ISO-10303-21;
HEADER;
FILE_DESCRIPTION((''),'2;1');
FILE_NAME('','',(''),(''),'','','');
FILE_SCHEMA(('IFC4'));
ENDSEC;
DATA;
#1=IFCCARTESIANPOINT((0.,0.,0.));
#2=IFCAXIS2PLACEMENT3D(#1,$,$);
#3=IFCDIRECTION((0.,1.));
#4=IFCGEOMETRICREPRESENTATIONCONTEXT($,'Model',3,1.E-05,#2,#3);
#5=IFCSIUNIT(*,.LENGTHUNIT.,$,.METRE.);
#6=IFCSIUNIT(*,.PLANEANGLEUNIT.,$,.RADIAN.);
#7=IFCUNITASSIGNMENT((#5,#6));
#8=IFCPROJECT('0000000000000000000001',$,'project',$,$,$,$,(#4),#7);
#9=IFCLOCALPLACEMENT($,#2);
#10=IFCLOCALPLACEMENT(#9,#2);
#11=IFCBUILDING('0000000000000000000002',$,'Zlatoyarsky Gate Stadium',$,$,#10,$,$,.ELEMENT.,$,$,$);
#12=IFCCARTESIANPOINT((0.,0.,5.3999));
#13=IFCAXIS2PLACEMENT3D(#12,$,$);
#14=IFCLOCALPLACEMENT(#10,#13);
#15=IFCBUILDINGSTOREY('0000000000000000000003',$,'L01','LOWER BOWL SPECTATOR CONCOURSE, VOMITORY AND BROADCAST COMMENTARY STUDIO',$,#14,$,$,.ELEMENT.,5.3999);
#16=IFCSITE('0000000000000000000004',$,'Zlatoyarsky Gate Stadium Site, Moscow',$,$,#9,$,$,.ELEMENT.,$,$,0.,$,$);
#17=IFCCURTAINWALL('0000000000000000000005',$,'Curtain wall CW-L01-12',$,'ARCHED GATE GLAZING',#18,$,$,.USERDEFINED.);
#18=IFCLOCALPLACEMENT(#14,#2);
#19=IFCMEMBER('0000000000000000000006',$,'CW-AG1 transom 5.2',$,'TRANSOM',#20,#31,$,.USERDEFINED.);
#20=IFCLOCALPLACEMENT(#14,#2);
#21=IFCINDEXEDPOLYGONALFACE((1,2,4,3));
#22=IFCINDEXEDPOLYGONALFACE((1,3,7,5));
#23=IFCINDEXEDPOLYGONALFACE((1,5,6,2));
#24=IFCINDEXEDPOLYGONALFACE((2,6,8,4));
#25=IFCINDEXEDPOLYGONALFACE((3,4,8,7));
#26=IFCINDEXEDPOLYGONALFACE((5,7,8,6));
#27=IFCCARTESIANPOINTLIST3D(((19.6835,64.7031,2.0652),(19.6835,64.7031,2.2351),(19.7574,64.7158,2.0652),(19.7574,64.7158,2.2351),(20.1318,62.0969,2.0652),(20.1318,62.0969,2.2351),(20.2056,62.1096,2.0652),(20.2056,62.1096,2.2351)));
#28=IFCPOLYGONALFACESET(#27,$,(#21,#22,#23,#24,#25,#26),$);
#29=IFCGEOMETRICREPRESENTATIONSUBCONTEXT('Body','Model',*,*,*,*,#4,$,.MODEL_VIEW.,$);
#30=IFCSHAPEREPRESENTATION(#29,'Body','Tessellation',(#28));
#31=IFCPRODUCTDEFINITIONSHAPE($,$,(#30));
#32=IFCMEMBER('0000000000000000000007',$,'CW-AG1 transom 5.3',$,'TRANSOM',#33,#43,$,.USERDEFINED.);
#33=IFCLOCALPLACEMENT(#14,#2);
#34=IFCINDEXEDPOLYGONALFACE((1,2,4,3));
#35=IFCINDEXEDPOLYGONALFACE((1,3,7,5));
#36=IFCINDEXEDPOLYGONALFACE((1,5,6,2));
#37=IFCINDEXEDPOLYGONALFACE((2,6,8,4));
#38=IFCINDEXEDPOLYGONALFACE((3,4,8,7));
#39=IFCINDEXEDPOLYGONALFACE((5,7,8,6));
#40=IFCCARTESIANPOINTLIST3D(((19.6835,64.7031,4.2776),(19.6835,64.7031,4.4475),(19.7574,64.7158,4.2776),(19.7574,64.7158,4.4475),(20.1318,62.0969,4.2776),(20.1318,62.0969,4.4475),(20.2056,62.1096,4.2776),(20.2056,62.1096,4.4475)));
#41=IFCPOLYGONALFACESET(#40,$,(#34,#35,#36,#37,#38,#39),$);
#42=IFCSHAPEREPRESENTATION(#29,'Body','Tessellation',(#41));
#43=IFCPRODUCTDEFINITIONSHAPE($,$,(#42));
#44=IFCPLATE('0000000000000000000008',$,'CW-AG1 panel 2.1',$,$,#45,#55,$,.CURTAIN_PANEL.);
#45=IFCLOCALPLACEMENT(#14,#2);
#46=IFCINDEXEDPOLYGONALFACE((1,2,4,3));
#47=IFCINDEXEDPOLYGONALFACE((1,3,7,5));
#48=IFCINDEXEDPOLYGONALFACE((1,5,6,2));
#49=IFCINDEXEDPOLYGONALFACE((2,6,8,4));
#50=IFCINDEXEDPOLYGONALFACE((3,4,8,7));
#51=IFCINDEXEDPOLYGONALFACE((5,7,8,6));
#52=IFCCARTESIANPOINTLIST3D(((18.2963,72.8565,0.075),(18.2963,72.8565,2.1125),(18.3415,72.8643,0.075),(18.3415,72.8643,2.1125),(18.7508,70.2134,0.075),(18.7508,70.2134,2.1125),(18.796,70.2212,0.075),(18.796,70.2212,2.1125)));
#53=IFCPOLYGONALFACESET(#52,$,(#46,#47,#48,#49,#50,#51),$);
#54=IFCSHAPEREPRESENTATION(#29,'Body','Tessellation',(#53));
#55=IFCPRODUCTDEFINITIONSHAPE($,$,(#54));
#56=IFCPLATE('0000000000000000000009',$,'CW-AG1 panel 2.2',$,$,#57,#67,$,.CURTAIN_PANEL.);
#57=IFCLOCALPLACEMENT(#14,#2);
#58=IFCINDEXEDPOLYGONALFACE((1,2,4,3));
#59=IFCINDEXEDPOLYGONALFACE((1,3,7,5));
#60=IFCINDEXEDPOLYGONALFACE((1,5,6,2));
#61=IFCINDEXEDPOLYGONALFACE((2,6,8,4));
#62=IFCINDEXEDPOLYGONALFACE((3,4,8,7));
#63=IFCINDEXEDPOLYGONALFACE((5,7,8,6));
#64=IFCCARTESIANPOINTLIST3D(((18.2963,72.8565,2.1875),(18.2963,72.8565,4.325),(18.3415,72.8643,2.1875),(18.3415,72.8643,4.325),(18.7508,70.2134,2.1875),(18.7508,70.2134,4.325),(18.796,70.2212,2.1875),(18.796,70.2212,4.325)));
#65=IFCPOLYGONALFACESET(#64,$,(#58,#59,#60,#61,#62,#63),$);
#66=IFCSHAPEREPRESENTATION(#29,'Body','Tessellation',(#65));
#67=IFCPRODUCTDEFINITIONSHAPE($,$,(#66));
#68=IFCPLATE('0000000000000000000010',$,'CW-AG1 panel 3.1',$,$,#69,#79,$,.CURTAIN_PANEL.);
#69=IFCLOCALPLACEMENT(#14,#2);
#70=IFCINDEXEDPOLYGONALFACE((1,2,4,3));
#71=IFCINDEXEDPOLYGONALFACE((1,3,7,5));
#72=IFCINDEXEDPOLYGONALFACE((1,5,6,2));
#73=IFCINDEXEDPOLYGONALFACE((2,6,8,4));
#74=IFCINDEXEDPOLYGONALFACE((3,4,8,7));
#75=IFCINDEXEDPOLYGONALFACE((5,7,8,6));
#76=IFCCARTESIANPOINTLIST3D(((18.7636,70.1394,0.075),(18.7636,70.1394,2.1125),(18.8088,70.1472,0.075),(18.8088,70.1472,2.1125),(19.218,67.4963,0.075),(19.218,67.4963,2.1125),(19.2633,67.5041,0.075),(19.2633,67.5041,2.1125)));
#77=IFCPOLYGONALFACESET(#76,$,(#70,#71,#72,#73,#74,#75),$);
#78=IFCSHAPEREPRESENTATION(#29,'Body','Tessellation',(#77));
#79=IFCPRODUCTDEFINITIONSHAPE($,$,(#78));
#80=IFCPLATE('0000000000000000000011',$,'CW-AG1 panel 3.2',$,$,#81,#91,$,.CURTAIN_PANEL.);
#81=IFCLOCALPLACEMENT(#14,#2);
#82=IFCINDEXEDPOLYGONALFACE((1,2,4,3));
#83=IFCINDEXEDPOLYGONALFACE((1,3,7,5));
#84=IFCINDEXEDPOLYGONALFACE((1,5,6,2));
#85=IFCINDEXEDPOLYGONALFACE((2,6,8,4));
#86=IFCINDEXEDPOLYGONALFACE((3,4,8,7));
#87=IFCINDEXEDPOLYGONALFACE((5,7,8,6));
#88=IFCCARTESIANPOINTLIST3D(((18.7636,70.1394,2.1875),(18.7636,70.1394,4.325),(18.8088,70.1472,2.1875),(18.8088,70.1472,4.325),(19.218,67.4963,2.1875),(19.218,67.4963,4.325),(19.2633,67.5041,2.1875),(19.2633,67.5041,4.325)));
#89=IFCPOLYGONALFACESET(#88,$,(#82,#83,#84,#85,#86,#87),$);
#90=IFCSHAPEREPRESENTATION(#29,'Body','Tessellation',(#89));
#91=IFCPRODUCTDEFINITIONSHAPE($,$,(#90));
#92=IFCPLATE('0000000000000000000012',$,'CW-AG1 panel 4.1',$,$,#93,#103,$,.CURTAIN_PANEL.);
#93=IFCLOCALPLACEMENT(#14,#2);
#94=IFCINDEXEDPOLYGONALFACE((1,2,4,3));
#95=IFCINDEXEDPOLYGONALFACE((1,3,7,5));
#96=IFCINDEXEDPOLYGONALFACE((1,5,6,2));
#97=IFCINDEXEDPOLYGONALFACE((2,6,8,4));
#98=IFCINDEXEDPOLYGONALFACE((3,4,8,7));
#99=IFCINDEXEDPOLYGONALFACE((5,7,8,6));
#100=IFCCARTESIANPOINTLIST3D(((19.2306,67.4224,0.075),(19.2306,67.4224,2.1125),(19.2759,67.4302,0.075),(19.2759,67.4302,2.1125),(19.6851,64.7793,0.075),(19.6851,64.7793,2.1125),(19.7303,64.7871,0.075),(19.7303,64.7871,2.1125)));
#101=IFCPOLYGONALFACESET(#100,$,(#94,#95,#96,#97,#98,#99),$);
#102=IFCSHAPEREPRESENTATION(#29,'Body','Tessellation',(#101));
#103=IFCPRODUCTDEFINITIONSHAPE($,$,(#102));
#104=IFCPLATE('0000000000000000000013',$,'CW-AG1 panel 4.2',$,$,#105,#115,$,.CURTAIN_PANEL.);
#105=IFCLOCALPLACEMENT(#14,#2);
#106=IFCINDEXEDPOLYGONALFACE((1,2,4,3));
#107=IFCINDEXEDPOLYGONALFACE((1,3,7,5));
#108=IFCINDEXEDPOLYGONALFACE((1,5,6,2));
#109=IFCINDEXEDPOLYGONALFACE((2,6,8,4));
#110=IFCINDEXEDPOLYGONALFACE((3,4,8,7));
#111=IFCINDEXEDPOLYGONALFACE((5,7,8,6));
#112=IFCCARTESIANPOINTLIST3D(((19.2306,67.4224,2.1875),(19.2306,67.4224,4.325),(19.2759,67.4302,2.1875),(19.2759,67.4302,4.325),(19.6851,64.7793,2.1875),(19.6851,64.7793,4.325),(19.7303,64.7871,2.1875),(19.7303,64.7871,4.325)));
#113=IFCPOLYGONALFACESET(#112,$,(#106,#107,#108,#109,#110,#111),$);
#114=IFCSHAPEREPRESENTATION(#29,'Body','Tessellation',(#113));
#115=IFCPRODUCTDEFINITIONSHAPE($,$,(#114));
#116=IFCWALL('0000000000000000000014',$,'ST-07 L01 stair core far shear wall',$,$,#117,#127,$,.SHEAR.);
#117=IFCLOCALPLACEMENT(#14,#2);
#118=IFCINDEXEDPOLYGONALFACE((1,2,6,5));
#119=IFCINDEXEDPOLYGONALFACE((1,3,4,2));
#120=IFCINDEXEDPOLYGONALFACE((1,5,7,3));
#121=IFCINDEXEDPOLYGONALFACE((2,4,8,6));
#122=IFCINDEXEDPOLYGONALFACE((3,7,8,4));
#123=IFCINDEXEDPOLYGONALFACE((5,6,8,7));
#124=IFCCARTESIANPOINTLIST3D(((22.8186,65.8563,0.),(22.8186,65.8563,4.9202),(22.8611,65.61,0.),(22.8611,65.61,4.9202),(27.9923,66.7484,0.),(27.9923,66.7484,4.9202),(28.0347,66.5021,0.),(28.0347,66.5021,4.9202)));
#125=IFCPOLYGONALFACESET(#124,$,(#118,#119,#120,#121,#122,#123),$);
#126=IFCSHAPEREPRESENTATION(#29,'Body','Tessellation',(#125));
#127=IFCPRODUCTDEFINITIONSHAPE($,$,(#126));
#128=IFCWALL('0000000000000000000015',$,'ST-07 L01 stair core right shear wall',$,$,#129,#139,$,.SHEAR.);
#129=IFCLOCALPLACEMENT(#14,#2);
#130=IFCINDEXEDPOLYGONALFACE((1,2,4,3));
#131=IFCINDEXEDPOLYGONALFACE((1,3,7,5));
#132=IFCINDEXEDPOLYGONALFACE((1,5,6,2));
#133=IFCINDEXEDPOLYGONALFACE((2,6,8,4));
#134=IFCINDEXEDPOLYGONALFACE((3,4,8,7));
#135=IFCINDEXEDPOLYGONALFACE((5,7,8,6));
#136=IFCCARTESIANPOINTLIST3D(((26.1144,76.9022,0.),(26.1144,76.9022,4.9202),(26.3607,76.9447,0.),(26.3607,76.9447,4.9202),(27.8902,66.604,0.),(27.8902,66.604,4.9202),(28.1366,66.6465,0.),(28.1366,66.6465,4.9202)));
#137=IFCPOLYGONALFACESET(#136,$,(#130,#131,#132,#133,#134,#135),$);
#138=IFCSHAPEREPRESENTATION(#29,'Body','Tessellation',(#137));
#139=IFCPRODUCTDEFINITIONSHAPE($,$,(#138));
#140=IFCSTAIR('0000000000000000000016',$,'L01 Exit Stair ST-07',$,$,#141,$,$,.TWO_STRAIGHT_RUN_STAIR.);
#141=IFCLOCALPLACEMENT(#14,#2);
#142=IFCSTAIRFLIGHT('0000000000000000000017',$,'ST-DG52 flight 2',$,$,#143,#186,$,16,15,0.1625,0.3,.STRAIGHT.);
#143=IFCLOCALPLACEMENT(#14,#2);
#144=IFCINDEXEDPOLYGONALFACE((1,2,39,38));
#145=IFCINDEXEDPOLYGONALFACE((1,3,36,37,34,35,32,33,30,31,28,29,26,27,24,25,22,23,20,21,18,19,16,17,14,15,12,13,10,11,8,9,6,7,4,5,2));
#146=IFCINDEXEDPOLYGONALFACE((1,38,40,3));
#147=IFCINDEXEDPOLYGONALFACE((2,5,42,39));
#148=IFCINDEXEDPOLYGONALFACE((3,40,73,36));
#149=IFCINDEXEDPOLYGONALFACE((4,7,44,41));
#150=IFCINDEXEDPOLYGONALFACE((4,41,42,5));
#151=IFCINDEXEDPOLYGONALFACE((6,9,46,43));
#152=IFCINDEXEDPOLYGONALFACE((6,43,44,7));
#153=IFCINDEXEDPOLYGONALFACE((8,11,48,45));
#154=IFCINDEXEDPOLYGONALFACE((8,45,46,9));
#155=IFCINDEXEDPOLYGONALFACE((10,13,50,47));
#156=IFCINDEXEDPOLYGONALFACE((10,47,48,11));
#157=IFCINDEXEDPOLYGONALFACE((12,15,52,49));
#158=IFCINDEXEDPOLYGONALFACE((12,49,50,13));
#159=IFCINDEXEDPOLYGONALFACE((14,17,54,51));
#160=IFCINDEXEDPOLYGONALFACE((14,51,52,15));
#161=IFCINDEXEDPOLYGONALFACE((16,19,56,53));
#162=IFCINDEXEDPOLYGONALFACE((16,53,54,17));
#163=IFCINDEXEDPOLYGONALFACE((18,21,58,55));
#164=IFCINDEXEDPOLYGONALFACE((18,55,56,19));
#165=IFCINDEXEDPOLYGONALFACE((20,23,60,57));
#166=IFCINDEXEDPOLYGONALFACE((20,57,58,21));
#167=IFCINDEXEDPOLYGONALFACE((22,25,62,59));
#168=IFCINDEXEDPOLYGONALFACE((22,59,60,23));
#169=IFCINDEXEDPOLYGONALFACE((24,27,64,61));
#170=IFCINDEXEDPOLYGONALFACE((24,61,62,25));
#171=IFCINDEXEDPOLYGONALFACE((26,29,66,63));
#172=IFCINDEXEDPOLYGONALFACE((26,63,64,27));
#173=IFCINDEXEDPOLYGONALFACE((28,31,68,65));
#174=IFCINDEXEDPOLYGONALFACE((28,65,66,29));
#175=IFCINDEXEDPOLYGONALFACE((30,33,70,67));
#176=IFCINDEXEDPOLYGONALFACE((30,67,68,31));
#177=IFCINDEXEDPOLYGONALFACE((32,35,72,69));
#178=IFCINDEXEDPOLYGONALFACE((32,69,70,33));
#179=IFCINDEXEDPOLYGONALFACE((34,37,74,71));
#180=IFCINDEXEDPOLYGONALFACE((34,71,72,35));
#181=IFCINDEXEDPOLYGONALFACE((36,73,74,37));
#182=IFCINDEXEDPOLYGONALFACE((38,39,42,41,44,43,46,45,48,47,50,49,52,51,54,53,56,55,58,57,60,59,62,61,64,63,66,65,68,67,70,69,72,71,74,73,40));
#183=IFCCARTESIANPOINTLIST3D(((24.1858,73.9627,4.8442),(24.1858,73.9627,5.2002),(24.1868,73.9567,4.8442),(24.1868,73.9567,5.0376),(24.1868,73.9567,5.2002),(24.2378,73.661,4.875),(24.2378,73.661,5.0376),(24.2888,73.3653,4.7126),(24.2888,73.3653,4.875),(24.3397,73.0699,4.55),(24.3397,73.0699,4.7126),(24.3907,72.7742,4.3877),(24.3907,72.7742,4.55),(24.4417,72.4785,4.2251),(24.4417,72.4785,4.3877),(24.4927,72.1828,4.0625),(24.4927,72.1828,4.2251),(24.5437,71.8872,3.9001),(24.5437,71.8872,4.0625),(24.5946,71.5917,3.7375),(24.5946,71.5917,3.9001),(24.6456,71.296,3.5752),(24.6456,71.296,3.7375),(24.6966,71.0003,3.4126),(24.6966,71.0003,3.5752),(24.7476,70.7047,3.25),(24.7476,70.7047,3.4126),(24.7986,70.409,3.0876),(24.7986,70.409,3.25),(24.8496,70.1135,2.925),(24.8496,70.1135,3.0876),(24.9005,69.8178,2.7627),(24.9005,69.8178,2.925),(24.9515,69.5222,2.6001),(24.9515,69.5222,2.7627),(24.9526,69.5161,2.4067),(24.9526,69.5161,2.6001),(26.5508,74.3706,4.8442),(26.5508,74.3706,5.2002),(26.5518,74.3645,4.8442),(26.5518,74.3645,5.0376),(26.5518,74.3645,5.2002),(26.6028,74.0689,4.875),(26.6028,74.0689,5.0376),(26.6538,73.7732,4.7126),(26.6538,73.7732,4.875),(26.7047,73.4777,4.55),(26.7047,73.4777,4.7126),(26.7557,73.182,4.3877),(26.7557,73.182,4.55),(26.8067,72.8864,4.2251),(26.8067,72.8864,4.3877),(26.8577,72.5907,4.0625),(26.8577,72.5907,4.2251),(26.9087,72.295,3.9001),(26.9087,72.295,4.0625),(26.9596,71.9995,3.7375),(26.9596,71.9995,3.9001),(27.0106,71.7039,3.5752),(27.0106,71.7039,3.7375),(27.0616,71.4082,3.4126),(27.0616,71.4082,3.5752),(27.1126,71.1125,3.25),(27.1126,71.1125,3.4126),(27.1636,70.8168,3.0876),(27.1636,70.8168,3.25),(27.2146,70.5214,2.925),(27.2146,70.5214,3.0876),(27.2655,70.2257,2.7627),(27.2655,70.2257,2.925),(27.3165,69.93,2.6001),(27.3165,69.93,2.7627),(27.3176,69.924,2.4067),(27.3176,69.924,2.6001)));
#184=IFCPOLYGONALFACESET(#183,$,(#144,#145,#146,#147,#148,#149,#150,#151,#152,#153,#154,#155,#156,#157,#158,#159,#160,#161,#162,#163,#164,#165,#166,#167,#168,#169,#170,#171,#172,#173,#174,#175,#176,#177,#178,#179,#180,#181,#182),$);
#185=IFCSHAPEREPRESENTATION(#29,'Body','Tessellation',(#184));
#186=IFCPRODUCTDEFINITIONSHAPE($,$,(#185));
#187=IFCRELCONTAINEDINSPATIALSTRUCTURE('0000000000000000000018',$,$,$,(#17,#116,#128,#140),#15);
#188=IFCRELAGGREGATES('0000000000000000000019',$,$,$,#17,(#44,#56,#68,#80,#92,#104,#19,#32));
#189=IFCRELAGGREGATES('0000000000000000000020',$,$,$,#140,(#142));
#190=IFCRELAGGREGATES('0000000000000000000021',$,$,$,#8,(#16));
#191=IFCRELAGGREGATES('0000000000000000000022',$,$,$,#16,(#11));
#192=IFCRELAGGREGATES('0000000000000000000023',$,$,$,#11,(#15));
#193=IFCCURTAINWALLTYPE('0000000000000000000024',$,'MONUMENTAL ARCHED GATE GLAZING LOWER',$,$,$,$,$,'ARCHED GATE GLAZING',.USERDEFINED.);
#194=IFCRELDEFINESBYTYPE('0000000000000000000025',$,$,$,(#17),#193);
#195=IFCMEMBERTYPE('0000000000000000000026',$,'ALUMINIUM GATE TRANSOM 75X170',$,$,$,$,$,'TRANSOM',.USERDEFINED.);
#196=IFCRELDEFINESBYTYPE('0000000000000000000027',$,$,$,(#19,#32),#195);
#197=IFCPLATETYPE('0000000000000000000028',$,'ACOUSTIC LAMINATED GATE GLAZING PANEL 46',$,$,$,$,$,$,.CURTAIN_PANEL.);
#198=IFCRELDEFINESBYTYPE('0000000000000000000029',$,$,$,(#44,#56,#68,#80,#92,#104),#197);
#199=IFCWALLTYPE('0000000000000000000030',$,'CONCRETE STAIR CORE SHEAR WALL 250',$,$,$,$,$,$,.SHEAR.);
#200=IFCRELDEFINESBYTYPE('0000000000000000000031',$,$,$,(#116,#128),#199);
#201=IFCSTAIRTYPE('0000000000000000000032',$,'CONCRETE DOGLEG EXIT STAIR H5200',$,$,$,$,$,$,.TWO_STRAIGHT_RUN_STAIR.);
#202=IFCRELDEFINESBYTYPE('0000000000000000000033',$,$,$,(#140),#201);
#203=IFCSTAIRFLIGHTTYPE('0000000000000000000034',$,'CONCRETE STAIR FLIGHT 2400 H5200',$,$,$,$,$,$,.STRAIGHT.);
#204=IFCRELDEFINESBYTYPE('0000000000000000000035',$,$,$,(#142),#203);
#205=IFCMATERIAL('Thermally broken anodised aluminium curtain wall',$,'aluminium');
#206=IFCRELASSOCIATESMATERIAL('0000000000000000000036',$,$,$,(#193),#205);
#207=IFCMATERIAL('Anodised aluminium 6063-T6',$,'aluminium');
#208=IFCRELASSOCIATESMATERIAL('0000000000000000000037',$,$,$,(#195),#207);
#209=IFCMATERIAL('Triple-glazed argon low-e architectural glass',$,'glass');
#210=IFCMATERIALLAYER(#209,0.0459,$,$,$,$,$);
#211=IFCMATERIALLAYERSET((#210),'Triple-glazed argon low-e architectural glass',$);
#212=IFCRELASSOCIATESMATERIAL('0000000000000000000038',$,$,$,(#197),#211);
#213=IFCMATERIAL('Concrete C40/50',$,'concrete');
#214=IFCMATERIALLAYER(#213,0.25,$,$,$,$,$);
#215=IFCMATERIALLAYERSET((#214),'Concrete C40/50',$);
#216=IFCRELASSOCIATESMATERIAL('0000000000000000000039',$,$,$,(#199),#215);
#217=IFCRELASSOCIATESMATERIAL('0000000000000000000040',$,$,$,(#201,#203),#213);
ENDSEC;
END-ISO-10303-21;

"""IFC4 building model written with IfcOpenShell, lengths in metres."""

from ifc_helpers import new_model, si_unit, direction, frame, frame_2d, origin, origin_2d, place, context, subcontext, project, spatial, polyline, rectangle, outline, extrude, material, layer, layer_set, material_profile, profile_set, type_object, element, aggregate, save


model = new_model("IFC4")

# Units and contexts
model_context = context("Model", 3, precision=1e-05, world=origin(), true_north=direction((0.0, 1.0)))
body_context = subcontext(model_context, "Body", "Model", "MODEL_VIEW")
ifc_project = project(units=[si_unit("LENGTHUNIT", "METRE"), si_unit("PLANEANGLEUNIT", "RADIAN")], contexts=[model_context])

# Site, building, storey
site_placement = place(None, origin())
site = spatial("IfcSite", under=ifc_project, at=site_placement, Name="Zlatoyarsky Gate Stadium Site, Moscow", CompositionType="ELEMENT", RefElevation=0.0)
building_placement = place(site_placement, origin())
building = spatial("IfcBuilding", under=site, at=building_placement, Name="Zlatoyarsky Gate Stadium", CompositionType="ELEMENT")
storey_placement = place(building_placement, frame((0.0, 0.0, 5.3999)))
storey = spatial("IfcBuildingStorey", under=building, at=storey_placement, Name="L01", Description="LOWER BOWL SPECTATOR CONCOURSE, VOMITORY AND BROADCAST COMMENTARY STUDIO", CompositionType="ELEMENT", Elevation=5.3999)

# Curtain wall, members, plates
ifc_material_1 = material(Name="Thermally broken anodised aluminium curtain wall", Category="aluminium")
curtain_wall_type = type_object("IfcCurtainWallType", Name="MONUMENTAL ARCHED GATE GLAZING LOWER", ElementType="ARCHED GATE GLAZING", PredefinedType="USERDEFINED", material=ifc_material_1)
curtain_wall_placement = place(storey_placement, origin())
curtain_wall = element("IfcCurtainWall", 1, at=curtain_wall_placement, inside=storey, type_object=curtain_wall_type, Name="Curtain wall CW-L01-12", ObjectType="ARCHED GATE GLAZING", PredefinedType="USERDEFINED")
ifc_material_2 = material(Name="Anodised aluminium 6063-T6", Category="aluminium")
ifc_material_profile_1 = material_profile(ifc_material_2, rectangle(XDim=0.075, YDim=0.1699, at=origin_2d()), Name="ALU 75X170")
ifc_profile_set_1 = profile_set([ifc_material_profile_1], Name="Anodised aluminium 6063-T6")
member_type_1 = type_object("IfcMemberType", Name="ALUMINIUM GATE TRANSOM 75X170", ElementType="TRANSOM", PredefinedType="USERDEFINED", material=ifc_profile_set_1)
member_1_placement = place(storey_placement, frame((19.7205, 64.7095, 2.1501), z_axis=(0.169502, -0.98553, 0.0), x_axis=(0.98553, 0.169502, 0.0)))
member_1 = element("IfcMember", 2, at=member_1_placement, type_object=member_type_1, Name="CW-AG1 transom 5.2", ObjectType="TRANSOM", PredefinedType="USERDEFINED", context=body_context, shape_type="SweptSolid", body=[
    extrude(rectangle(XDim=0.075, YDim=0.1699, at=origin_2d()), origin(), (0.0, 0.0, 1.0), 2.6445),
])
member_2_placement = place(storey_placement, frame((19.7205, 64.7095, 4.3625), z_axis=(0.169502, -0.98553, 0.0), x_axis=(0.98553, 0.169502, 0.0)))
member_2 = element("IfcMember", 3, at=member_2_placement, type_object=member_type_1, Name="CW-AG1 transom 5.3", ObjectType="TRANSOM", PredefinedType="USERDEFINED", context=body_context, shape_type="SweptSolid", body=[
    extrude(rectangle(XDim=0.075, YDim=0.1699, at=origin_2d()), origin(), (0.0, 0.0, 1.0), 2.6445),
])
ifc_material_3 = material(Name="Triple-glazed argon low-e architectural glass", Category="glass")
ifc_layer_1 = layer(ifc_material_3, 0.0459)
ifc_layer_set_1 = layer_set([ifc_layer_1], Name="Triple-glazed argon low-e architectural glass")
plate_type = type_object("IfcPlateType", Name="ACOUSTIC LAMINATED GATE GLAZING PANEL 46", PredefinedType="CURTAIN_PANEL", material=ifc_layer_set_1)
plate_1_placement = place(storey_placement, frame((18.5461, 71.5388, 0.075), z_axis=(0.0, 0.0, 1.0), x_axis=(0.169452, -0.985538, 0.0)))
plate_1 = element("IfcPlate", 4, at=plate_1_placement, type_object=plate_type, Name="CW-AG1 panel 2.1", PredefinedType="CURTAIN_PANEL", context=body_context, shape_type="SweptSolid", body=[
    extrude(rectangle(XDim=2.6819, YDim=0.0459, at=origin_2d()), origin(), (0.0, 0.0, 1.0), 2.0376),
])
plate_2_placement = place(storey_placement, frame((18.5461, 71.5388, 2.1875), z_axis=(0.0, 0.0, 1.0), x_axis=(0.169452, -0.985538, 0.0)))
plate_2 = element("IfcPlate", 5, at=plate_2_placement, type_object=plate_type, Name="CW-AG1 panel 2.2", PredefinedType="CURTAIN_PANEL", context=body_context, shape_type="SweptSolid", body=[
    extrude(rectangle(XDim=2.6819, YDim=0.0459, at=origin_2d()), origin(), (0.0, 0.0, 1.0), 2.1375),
])
plate_3_placement = place(storey_placement, frame((19.0134, 68.8218, 0.075), z_axis=(0.0, 0.0, 1.0), x_axis=(0.169452, -0.985538, 0.0)))
plate_3 = element("IfcPlate", 6, at=plate_3_placement, type_object=plate_type, Name="CW-AG1 panel 3.1", PredefinedType="CURTAIN_PANEL", context=body_context, shape_type="SweptSolid", body=[
    extrude(rectangle(XDim=2.6819, YDim=0.0459, at=origin_2d()), origin(), (0.0, 0.0, 1.0), 2.0376),
])
plate_4_placement = place(storey_placement, frame((19.0134, 68.8218, 2.1875), z_axis=(0.0, 0.0, 1.0), x_axis=(0.169452, -0.985538, 0.0)))
plate_4 = element("IfcPlate", 7, at=plate_4_placement, type_object=plate_type, Name="CW-AG1 panel 3.2", PredefinedType="CURTAIN_PANEL", context=body_context, shape_type="SweptSolid", body=[
    extrude(rectangle(XDim=2.6819, YDim=0.0459, at=origin_2d()), origin(), (0.0, 0.0, 1.0), 2.1375),
])
plate_5_placement = place(storey_placement, frame((19.4805, 66.1047, 0.075), z_axis=(0.0, 0.0, 1.0), x_axis=(0.169452, -0.985538, 0.0)))
plate_5 = element("IfcPlate", 8, at=plate_5_placement, type_object=plate_type, Name="CW-AG1 panel 4.1", PredefinedType="CURTAIN_PANEL", context=body_context, shape_type="SweptSolid", body=[
    extrude(rectangle(XDim=2.6819, YDim=0.0459, at=origin_2d()), origin(), (0.0, 0.0, 1.0), 2.0376),
])
plate_6_placement = place(storey_placement, frame((19.4805, 66.1047, 2.1875), z_axis=(0.0, 0.0, 1.0), x_axis=(0.169452, -0.985538, 0.0)))
plate_6 = element("IfcPlate", 9, at=plate_6_placement, type_object=plate_type, Name="CW-AG1 panel 4.2", PredefinedType="CURTAIN_PANEL", context=body_context, shape_type="SweptSolid", body=[
    extrude(rectangle(XDim=2.6819, YDim=0.0459, at=origin_2d()), origin(), (0.0, 0.0, 1.0), 2.1375),
])
aggregate(curtain_wall, [plate_1, plate_2, plate_3, plate_4, plate_5, plate_6, member_1, member_2])

# Walls
ifc_material_4 = material(Name="Concrete C40/50", Category="concrete")
ifc_layer_2 = layer(ifc_material_4, 0.25)
ifc_layer_set_2 = layer_set([ifc_layer_2], Name="Concrete C40/50")
wall_type = type_object("IfcWallType", Name="CONCRETE STAIR CORE SHEAR WALL 250", PredefinedType="SHEAR", material=ifc_layer_set_2)
wall_1_placement = place(storey_placement, frame((22.8398, 65.7332, 0.0), z_axis=(0.0, 0.0, 1.0), x_axis=(0.985457, 0.169924, 0.0)))
element("IfcWall", 10, at=wall_1_placement, inside=storey, type_object=wall_type, Name="ST-07 L01 stair core far shear wall", PredefinedType="SHEAR", context=body_context, shape_type="SweptSolid", body=[
    extrude(rectangle(XDim=5.25, YDim=0.25, at=frame_2d((2.625, 0.0))), origin(), (0.0, 0.0, 1.0), 4.9202),
])
wall_2_placement = place(storey_placement, frame((28.0134, 66.6252, 0.0), z_axis=(0.0, 0.0, 1.0), x_axis=(-0.169939, 0.985455, 0.0)))
element("IfcWall", 11, at=wall_2_placement, inside=storey, type_object=wall_type, Name="ST-07 L01 stair core right shear wall", PredefinedType="SHEAR", context=body_context, shape_type="SweptSolid", body=[
    extrude(rectangle(XDim=10.4502, YDim=0.25, at=frame_2d((5.2251, 0.0))), origin(), (0.0, 0.0, 1.0), 4.9202),
])

# Stair, stair flight
stair_type = type_object("IfcStairType", Name="CONCRETE DOGLEG EXIT STAIR H5200", PredefinedType="TWO_STRAIGHT_RUN_STAIR", material=ifc_material_4)
stair_placement = place(storey_placement, origin())
stair = element("IfcStair", 12, at=stair_placement, inside=storey, type_object=stair_type, Name="L01 Exit Stair ST-07", PredefinedType="TWO_STRAIGHT_RUN_STAIR")
stair_flight_type = type_object("IfcStairFlightType", Name="CONCRETE STAIR FLIGHT 2400 H5200", PredefinedType="STRAIGHT", material=ifc_material_4)
stair_flight_placement = place(storey_placement, frame((26.134, 69.7261, 2.6001), z_axis=(0.0, 0.0, 1.0), x_axis=(-0.169938, 0.985455, 0.0)))
stair_flight = element("IfcStairFlight", 13, at=stair_flight_placement, type_object=stair_flight_type, Name="ST-DG52 flight 2", NumberOfRisers=16, NumberOfTreads=15, PredefinedType="STRAIGHT", RiserHeight=0.1625, TreadLength=0.3, context=body_context, shape_type="SweptSolid", body=[
    extrude(outline(polyline([(-0.0061, -0.1934), (-0.0061, 0.0), (0.0, 0.0), (0.0, 0.1626), (0.3, 0.1626), (0.3, 0.325), (0.6001, 0.325), (0.6001, 0.4875), (0.8999, 0.4875), (0.8999, 0.6499), (1.2, 0.6499), (1.2, 0.8125), (1.5, 0.8125), (1.5, 0.9751), (1.8, 0.9751), (1.8, 1.1375), (2.1001, 1.1375), (2.1001, 1.3), (2.3999, 1.3), (2.3999, 1.4624), (2.7, 1.4624), (2.7, 1.625), (3.0, 1.625), (3.0, 1.7876), (3.3, 1.7876), (3.3, 1.95), (3.6001, 1.95), (3.6001, 2.1125), (3.8999, 2.1125), (3.8999, 2.2749), (4.2, 2.2749), (4.2, 2.4375), (4.5, 2.4375), (4.5, 2.6001), (4.5061, 2.6001), (4.5061, 2.2441), (4.5, 2.2441), (-0.0061, -0.1934)])), frame((0.0, 1.2, 0.0), z_axis=(0.0, -1.0, 0.0), x_axis=(1.0, 0.0, 0.0)), (0.0, 0.0, 1.0), 2.3999),
])
aggregate(stair, [stair_flight])

save(model, "model.ifc")
